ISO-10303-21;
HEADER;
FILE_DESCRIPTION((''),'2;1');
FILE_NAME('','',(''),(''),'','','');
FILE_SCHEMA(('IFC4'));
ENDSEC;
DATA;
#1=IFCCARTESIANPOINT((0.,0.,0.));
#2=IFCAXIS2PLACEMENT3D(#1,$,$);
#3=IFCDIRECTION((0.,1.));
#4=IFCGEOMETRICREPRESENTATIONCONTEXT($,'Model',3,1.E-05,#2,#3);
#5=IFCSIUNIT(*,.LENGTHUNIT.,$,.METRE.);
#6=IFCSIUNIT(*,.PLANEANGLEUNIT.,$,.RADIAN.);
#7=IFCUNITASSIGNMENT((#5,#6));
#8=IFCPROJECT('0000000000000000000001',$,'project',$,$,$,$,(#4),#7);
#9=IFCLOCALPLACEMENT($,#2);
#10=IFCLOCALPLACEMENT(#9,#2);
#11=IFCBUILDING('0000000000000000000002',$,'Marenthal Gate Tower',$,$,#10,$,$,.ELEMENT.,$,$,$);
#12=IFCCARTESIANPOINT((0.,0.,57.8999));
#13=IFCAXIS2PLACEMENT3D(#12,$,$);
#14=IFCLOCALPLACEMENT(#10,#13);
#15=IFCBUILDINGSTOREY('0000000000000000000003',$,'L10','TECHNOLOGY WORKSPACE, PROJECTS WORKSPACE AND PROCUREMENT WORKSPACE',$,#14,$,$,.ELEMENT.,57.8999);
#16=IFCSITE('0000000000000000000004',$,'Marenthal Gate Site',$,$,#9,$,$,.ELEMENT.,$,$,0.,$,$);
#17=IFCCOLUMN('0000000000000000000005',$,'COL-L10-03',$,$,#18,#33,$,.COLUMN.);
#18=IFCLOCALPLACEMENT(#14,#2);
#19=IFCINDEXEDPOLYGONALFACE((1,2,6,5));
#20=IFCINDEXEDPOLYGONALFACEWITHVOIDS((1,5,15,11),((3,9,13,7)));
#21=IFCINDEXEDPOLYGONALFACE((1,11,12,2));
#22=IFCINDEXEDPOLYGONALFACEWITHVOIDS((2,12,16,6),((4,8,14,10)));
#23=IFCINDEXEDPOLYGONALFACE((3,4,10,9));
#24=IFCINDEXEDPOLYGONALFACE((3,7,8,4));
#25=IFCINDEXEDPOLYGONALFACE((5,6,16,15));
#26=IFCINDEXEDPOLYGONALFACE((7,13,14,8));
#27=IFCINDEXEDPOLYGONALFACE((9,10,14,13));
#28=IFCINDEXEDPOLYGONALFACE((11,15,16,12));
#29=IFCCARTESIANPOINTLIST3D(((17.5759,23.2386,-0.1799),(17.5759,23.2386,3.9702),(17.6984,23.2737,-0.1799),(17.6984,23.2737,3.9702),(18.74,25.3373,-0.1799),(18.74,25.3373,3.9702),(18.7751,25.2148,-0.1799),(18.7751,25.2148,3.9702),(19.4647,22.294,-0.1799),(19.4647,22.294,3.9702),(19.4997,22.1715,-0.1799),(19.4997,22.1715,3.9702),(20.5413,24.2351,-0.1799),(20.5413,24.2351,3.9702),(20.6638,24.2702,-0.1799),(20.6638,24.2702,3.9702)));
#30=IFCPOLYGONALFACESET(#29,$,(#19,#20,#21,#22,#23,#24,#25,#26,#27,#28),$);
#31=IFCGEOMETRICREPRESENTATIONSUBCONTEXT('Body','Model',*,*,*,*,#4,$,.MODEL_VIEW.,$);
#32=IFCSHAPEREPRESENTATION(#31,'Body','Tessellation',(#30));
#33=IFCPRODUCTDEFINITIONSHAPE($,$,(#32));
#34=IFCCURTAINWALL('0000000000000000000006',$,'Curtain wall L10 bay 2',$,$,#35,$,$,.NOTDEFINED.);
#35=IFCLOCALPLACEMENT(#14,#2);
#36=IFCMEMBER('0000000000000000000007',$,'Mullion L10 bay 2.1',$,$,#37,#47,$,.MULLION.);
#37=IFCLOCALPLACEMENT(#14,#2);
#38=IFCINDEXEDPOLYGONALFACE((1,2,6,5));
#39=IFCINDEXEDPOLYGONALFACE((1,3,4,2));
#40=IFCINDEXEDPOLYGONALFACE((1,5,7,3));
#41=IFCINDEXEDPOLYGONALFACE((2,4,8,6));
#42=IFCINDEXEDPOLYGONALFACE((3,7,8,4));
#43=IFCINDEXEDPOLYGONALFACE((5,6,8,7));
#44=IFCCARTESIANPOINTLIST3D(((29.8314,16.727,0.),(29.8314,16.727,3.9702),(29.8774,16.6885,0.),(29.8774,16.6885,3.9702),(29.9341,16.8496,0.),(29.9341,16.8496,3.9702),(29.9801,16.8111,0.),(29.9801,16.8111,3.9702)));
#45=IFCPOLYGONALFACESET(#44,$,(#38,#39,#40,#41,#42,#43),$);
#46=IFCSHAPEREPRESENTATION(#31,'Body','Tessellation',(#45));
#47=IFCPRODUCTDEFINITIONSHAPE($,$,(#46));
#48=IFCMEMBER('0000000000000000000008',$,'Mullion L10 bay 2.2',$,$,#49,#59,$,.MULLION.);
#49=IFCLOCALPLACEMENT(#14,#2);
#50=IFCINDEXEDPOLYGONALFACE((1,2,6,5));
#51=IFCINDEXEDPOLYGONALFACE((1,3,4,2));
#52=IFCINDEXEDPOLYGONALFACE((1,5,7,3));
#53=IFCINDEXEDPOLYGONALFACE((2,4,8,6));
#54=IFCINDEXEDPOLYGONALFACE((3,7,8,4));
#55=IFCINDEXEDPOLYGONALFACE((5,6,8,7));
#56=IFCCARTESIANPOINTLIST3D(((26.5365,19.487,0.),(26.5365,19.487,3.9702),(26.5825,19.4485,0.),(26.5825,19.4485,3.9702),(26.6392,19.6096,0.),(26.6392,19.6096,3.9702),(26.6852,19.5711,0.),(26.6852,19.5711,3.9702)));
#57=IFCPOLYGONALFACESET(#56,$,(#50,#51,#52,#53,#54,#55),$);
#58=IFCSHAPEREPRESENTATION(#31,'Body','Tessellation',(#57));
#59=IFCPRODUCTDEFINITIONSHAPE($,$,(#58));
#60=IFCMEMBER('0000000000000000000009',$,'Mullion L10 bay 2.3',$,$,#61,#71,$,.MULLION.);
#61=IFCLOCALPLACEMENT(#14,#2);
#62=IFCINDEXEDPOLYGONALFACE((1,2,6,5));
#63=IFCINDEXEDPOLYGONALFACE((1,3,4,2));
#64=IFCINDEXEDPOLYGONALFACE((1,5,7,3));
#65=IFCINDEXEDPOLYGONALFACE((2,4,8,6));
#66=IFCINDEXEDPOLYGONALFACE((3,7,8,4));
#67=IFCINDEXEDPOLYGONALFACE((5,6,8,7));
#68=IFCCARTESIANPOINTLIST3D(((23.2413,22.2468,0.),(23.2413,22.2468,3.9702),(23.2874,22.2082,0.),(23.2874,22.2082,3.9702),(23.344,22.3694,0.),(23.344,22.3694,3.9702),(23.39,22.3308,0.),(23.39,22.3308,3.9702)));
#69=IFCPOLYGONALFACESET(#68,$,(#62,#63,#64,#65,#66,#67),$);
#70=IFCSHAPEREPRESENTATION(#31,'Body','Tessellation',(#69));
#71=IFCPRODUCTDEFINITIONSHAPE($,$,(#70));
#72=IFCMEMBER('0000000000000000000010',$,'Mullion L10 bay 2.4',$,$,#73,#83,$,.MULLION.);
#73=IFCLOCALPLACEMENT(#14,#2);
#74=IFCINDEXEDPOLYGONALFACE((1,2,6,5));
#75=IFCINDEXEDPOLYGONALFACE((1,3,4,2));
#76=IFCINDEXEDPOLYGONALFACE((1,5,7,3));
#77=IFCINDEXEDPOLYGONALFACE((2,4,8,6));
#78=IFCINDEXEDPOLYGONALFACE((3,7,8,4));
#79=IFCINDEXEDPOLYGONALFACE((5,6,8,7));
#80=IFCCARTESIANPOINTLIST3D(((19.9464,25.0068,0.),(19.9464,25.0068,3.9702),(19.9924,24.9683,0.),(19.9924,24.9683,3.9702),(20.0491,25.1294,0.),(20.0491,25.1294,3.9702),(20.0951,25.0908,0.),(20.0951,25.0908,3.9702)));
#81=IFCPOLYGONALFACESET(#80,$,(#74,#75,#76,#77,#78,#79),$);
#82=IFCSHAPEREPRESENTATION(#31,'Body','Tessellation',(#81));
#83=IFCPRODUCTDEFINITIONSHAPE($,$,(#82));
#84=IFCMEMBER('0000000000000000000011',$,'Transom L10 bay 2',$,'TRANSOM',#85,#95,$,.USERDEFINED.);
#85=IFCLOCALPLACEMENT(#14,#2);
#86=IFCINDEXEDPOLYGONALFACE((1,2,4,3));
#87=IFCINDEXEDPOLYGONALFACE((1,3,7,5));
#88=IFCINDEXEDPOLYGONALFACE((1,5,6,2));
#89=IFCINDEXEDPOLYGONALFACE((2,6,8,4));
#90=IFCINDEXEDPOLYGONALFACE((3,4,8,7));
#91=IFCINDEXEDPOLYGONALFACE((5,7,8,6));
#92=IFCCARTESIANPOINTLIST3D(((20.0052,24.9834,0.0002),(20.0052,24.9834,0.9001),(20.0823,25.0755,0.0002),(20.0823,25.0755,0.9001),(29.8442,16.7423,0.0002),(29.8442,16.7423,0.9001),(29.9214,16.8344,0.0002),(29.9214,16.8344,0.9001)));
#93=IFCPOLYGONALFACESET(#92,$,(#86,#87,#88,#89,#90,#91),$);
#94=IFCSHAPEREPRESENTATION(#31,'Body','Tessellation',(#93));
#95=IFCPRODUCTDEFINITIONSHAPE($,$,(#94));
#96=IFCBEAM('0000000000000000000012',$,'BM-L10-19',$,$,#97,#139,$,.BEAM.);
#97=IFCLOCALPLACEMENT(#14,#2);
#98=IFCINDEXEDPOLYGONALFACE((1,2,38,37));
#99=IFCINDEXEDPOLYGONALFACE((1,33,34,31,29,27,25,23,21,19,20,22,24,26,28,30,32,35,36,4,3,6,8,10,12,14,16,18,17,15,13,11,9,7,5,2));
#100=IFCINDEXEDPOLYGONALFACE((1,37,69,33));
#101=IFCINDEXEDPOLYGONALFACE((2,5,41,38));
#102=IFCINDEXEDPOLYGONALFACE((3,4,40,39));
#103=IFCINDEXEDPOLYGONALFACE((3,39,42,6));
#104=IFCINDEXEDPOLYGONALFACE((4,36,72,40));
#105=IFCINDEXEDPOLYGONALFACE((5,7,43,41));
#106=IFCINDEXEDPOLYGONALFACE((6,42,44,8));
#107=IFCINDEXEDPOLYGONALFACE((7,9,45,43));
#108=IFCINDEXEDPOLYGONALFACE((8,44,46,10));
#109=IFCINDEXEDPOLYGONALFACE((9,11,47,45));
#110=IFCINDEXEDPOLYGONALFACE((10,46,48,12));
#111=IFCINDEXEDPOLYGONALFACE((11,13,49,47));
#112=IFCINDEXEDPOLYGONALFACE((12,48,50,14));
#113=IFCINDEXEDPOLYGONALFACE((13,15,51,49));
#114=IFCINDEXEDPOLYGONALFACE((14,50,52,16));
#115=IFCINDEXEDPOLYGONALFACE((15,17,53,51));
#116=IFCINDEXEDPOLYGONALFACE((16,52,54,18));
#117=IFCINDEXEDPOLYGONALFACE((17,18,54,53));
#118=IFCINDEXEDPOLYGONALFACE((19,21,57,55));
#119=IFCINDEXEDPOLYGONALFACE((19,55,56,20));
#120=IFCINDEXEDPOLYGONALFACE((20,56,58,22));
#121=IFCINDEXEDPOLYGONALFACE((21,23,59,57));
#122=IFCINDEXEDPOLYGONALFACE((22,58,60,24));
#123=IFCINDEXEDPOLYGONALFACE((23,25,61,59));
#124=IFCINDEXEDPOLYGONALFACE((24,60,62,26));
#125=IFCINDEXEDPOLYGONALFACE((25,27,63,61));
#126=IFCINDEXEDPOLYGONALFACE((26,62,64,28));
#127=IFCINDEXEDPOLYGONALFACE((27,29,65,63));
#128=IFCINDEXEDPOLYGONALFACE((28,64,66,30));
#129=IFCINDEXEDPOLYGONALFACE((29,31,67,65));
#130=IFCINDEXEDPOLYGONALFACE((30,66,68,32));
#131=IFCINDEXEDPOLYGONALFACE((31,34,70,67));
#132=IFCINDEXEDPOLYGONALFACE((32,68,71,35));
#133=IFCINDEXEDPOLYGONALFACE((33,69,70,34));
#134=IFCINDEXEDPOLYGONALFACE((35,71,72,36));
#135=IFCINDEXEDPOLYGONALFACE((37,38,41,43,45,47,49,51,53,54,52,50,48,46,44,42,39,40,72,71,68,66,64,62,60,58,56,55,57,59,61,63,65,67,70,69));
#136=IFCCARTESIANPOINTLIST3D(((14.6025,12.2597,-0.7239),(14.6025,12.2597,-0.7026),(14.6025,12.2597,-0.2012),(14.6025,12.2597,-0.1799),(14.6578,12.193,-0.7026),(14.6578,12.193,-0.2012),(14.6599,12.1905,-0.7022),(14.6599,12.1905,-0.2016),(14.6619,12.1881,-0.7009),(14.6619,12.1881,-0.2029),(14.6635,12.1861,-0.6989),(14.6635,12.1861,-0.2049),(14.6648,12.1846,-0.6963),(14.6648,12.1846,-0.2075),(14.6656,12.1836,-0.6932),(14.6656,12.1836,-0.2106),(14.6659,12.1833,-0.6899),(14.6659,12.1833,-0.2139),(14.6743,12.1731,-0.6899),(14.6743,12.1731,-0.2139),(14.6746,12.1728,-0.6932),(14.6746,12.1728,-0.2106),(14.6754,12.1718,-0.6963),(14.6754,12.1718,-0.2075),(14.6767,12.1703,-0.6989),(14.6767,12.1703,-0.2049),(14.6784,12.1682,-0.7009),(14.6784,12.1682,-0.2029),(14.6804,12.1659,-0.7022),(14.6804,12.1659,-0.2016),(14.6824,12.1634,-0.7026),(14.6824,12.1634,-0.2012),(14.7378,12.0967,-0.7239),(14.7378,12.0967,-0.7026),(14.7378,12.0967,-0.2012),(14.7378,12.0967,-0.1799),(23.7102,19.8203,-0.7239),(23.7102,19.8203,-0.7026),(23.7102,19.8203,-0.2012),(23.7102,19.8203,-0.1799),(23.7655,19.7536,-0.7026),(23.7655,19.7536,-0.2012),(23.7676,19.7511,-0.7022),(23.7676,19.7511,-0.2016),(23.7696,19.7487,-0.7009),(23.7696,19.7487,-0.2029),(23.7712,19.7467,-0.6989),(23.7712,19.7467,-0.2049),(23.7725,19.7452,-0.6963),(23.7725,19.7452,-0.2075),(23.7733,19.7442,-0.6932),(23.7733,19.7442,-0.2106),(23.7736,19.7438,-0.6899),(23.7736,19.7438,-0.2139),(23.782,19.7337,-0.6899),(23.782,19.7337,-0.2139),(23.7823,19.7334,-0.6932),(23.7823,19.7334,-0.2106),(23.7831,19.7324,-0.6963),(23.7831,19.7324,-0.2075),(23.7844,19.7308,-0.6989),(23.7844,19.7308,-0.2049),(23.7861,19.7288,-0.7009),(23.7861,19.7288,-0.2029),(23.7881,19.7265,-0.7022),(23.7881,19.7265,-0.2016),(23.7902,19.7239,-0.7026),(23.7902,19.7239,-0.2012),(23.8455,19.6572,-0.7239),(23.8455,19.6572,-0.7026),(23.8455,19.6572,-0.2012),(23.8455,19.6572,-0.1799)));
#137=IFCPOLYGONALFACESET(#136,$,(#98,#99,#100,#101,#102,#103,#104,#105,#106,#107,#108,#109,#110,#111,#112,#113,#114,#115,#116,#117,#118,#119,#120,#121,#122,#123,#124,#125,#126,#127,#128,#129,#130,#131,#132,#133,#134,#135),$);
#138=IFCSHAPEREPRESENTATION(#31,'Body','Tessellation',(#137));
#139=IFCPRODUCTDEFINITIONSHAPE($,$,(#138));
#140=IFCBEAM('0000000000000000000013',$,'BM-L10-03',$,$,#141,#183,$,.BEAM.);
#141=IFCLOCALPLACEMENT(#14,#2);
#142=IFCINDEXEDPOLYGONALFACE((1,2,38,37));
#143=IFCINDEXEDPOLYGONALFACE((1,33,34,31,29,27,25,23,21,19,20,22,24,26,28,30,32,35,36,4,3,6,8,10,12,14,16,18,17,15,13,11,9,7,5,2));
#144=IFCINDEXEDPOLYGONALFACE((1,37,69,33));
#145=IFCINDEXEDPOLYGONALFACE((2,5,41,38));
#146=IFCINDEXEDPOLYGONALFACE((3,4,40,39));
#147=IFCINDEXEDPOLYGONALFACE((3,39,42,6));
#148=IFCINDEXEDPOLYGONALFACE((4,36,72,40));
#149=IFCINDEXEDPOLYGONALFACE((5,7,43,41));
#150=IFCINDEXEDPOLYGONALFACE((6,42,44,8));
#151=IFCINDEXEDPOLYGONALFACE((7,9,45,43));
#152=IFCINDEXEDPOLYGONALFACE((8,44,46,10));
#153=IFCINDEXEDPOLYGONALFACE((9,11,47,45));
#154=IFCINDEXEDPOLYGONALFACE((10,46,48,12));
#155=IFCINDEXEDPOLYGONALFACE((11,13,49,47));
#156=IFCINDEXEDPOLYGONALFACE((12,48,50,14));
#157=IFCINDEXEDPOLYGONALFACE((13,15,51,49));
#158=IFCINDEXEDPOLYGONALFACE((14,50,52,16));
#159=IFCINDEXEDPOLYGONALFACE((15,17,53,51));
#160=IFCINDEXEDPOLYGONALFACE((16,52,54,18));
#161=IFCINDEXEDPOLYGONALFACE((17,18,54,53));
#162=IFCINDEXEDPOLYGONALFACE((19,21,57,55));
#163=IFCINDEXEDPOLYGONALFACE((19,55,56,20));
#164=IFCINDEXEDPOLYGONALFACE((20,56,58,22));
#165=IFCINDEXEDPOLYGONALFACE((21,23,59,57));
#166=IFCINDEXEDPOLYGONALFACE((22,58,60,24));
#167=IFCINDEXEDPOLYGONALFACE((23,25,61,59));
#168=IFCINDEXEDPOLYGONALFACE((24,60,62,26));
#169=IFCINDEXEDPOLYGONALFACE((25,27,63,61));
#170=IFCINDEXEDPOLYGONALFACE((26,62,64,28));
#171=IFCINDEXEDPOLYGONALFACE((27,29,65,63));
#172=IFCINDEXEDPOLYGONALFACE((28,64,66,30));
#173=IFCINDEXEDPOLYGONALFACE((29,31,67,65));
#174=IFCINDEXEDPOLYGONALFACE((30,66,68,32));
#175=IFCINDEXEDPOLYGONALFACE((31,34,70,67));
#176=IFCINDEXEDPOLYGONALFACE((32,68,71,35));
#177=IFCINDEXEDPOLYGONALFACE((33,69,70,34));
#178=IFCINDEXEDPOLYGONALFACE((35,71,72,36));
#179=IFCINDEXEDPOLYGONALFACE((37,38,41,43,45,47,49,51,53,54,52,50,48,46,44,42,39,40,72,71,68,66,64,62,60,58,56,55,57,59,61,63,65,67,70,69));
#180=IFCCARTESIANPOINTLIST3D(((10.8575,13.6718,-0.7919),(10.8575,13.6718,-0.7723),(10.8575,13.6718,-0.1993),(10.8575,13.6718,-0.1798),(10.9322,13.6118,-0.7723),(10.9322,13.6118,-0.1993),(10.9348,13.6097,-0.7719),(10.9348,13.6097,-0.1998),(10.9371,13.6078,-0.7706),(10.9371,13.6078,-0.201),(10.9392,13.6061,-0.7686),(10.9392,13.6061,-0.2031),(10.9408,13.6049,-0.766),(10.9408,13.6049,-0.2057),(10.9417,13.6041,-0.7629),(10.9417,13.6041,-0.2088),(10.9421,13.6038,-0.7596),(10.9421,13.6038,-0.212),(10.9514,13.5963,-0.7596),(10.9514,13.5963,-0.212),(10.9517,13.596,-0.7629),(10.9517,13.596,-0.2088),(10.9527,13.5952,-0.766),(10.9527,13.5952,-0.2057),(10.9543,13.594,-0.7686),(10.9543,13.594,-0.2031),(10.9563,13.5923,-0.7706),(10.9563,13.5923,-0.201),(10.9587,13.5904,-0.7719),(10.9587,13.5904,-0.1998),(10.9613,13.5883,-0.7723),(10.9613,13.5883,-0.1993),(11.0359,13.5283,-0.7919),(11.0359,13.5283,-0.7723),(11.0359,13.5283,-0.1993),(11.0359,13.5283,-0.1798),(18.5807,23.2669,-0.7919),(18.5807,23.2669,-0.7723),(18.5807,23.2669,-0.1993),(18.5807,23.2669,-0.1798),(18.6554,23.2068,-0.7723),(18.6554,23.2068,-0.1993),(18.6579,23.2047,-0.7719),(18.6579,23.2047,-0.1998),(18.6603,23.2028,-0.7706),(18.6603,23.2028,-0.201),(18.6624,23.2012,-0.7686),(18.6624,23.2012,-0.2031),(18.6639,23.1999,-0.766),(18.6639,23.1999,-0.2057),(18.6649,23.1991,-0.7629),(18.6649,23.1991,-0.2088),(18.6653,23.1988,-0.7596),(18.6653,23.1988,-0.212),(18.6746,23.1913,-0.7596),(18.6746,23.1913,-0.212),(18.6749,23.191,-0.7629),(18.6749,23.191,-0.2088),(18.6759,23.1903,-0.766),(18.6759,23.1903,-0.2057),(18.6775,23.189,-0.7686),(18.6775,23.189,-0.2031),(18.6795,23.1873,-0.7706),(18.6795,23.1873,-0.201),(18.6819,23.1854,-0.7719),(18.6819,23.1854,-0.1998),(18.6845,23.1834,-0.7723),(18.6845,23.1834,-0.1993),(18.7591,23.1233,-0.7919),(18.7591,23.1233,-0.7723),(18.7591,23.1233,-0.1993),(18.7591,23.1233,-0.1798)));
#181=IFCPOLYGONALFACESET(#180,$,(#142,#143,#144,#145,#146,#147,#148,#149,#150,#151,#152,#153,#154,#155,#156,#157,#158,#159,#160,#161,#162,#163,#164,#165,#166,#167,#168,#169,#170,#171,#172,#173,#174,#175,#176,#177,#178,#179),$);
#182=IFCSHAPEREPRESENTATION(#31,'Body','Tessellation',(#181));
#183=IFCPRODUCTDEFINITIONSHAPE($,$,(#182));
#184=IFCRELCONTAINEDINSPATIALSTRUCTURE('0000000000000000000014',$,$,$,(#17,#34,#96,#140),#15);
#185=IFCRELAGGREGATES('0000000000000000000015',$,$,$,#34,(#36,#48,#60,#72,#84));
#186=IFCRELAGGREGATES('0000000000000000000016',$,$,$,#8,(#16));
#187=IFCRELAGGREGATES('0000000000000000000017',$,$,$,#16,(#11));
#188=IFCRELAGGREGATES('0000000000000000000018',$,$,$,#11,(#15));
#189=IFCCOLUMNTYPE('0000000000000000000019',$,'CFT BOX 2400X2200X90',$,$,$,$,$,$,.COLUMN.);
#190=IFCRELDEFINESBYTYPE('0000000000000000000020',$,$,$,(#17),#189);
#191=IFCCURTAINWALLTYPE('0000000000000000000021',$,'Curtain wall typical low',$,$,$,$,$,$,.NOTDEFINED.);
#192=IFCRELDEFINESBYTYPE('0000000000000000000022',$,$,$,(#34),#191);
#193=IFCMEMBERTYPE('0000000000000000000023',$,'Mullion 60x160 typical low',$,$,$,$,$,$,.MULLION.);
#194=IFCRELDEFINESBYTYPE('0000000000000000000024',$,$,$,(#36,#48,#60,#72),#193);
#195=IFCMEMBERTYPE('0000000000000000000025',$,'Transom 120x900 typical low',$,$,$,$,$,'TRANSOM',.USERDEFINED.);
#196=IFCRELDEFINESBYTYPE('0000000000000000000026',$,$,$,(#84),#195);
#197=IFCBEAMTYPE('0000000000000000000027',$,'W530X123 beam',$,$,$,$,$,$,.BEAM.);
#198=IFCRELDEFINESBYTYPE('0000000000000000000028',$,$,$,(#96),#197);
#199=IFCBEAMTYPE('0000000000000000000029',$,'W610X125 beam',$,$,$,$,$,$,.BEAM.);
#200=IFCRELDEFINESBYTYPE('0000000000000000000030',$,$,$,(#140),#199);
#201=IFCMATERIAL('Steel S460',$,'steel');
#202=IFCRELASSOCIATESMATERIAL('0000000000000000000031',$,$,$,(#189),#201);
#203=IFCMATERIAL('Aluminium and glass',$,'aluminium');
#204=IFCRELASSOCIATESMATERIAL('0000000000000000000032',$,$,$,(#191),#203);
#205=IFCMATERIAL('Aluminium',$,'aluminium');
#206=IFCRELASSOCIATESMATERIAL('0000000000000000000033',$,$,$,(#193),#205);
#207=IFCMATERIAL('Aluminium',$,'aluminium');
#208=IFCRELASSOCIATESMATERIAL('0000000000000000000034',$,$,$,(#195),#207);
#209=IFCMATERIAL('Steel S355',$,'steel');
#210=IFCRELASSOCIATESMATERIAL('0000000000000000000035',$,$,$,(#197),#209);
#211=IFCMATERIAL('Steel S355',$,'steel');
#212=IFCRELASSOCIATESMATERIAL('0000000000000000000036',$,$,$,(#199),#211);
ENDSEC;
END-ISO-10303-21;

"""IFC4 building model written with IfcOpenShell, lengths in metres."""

from ifc_helpers import new_model, si_unit, direction, frame, origin, origin_2d, place, context, subcontext, project, spatial, rectangle, hollow_rectangle, i_section, extrude, material, material_profile, profile_set, type_object, element, aggregate, save


model = new_model("IFC4")

# Units and contexts
model_context = context("Model", 3, precision=1e-05, world=origin(), true_north=direction((0.0, 1.0)))
body_context = subcontext(model_context, "Body", "Model", "MODEL_VIEW")
ifc_project = project(units=[si_unit("LENGTHUNIT", "METRE"), si_unit("PLANEANGLEUNIT", "RADIAN")], contexts=[model_context])

# Site, building, storey
site_placement = place(None, origin())
site = spatial("IfcSite", under=ifc_project, at=site_placement, Name="Marenthal Gate Site", CompositionType="ELEMENT", RefElevation=0.0)
building_placement = place(site_placement, origin())
building = spatial("IfcBuilding", under=site, at=building_placement, Name="Marenthal Gate Tower", CompositionType="ELEMENT")
storey_placement = place(building_placement, frame((0.0, 0.0, 57.8999)))
storey = spatial("IfcBuildingStorey", under=building, at=storey_placement, Name="L10", Description="TECHNOLOGY WORKSPACE, PROJECTS WORKSPACE AND PROCUREMENT WORKSPACE", CompositionType="ELEMENT", Elevation=57.8999)

# Column
ifc_material_1 = material(Name="Steel S460", Category="steel")
ifc_material_profile_1 = material_profile(ifc_material_1, hollow_rectangle(XDim=2.2, YDim=2.3999, WallThickness=0.0901, at=origin_2d()), Name="CFT BOX 2400X2200X90")
ifc_material_2 = material(Name="Concrete 70 MPa", Category="concrete")
ifc_material_profile_2 = material_profile(ifc_material_2, rectangle(XDim=2.02, YDim=2.22, at=origin_2d()), Name="CFT BOX 2400X2200X90 INFILL")
ifc_profile_set_1 = profile_set([ifc_material_profile_1, ifc_material_profile_2], Name="Steel S460 shell, Concrete 70 MPa infill")
column_type = type_object("IfcColumnType", Name="CFT BOX 2400X2200X90", PredefinedType="COLUMN", material=ifc_profile_set_1)
column_placement = place(storey_placement, frame((19.1199, 23.7544, -0.1799), z_axis=(0.0, 0.0, 1.0), x_axis=(0.874483, -0.485055, 0.0)))
element("IfcColumn", 1, at=column_placement, inside=storey, type_object=column_type, Name="COL-L10-03", PredefinedType="COLUMN", context=body_context, shape_type="SweptSolid", body=[
    extrude(hollow_rectangle(XDim=2.2, YDim=2.3999, WallThickness=0.0901, at=origin_2d()), origin(), (0.0, 0.0, 1.0), 4.1501),
])

# Curtain wall, members
ifc_material_3 = material(Name="Aluminium and glass", Category="aluminium")
curtain_wall_type = type_object("IfcCurtainWallType", Name="Curtain wall typical low", PredefinedType="NOTDEFINED", material=ifc_material_3)
curtain_wall_placement = place(storey_placement, origin())
curtain_wall = element("IfcCurtainWall", 2, at=curtain_wall_placement, inside=storey, type_object=curtain_wall_type, Name="Curtain wall L10 bay 2", PredefinedType="NOTDEFINED")
ifc_material_4 = material(Name="Aluminium", Category="aluminium")
ifc_material_profile_3 = material_profile(ifc_material_4, rectangle(XDim=0.1599, YDim=0.0601, at=origin_2d()), Name="60x160 aluminium mullion")
ifc_profile_set_2 = profile_set([ifc_material_profile_3], Name="Aluminium")
member_type_1 = type_object("IfcMemberType", Name="Mullion 60x160 typical low", PredefinedType="MULLION", material=ifc_profile_set_2)
member_1_placement = place(storey_placement, frame((29.9058, 16.769, 0.0), z_axis=(0.0, 0.0, 1.0), x_axis=(-0.642112, -0.766611, 0.0)))
member_1 = element("IfcMember", 3, at=member_1_placement, type_object=member_type_1, Name="Mullion L10 bay 2.1", PredefinedType="MULLION", context=body_context, shape_type="SweptSolid", body=[
    extrude(rectangle(XDim=0.1599, YDim=0.0601, at=origin_2d()), origin(), (0.0, 0.0, 1.0), 3.9702),
])
member_2_placement = place(storey_placement, frame((26.6108, 19.5291, 0.0), z_axis=(0.0, 0.0, 1.0), x_axis=(-0.642112, -0.766611, 0.0)))
member_2 = element("IfcMember", 4, at=member_2_placement, type_object=member_type_1, Name="Mullion L10 bay 2.2", PredefinedType="MULLION", context=body_context, shape_type="SweptSolid", body=[
    extrude(rectangle(XDim=0.1599, YDim=0.0601, at=origin_2d()), origin(), (0.0, 0.0, 1.0), 3.9702),
])
member_3_placement = place(storey_placement, frame((23.3157, 22.2888, 0.0), z_axis=(0.0, 0.0, 1.0), x_axis=(-0.642112, -0.766611, 0.0)))
member_3 = element("IfcMember", 5, at=member_3_placement, type_object=member_type_1, Name="Mullion L10 bay 2.3", PredefinedType="MULLION", context=body_context, shape_type="SweptSolid", body=[
    extrude(rectangle(XDim=0.1599, YDim=0.0601, at=origin_2d()), origin(), (0.0, 0.0, 1.0), 3.9702),
])
member_4_placement = place(storey_placement, frame((20.0208, 25.0488, 0.0), z_axis=(0.0, 0.0, 1.0), x_axis=(-0.642112, -0.766611, 0.0)))
member_4 = element("IfcMember", 6, at=member_4_placement, type_object=member_type_1, Name="Mullion L10 bay 2.4", PredefinedType="MULLION", context=body_context, shape_type="SweptSolid", body=[
    extrude(rectangle(XDim=0.1599, YDim=0.0601, at=origin_2d()), origin(), (0.0, 0.0, 1.0), 3.9702),
])
ifc_material_5 = material(Name="Aluminium", Category="aluminium")
ifc_material_profile_4 = material_profile(ifc_material_5, rectangle(XDim=0.1201, YDim=0.8999, at=origin_2d()), Name="120x900 aluminium transom")
ifc_profile_set_3 = profile_set([ifc_material_profile_4], Name="Aluminium")
member_type_2 = type_object("IfcMemberType", Name="Transom 120x900 typical low", ElementType="TRANSOM", PredefinedType="USERDEFINED", material=ifc_profile_set_3)
member_5_placement = place(storey_placement, frame((29.8828, 16.7883, 0.4502), z_axis=(-0.766611, 0.642111, 0.0), x_axis=(-0.642111, -0.766611, 0.0)))
member_5 = element("IfcMember", 7, at=member_5_placement, type_object=member_type_2, Name="Transom L10 bay 2", ObjectType="TRANSOM", PredefinedType="USERDEFINED", context=body_context, shape_type="SweptSolid", body=[
    extrude(rectangle(XDim=0.1201, YDim=0.8999, at=origin_2d()), origin(), (0.0, 0.0, 1.0), 12.8345),
])

# Beams
ifc_material_6 = material(Name="Steel S355", Category="steel")
ifc_material_profile_5 = material_profile(ifc_material_6, i_section(OverallWidth=0.2119, OverallDepth=0.5439, WebThickness=0.0132, FlangeThickness=0.0212, FilletRadius=0.0127, at=origin_2d()), Name="W530X123")
ifc_profile_set_4 = profile_set([ifc_material_profile_5], Name="Steel S355")
beam_type_1 = type_object("IfcBeamType", Name="W530X123 beam", PredefinedType="BEAM", material=ifc_profile_set_4)
beam_1_placement = place(storey_placement, frame((23.7778, 19.7388, -0.4519), z_axis=(-0.769432, -0.638729, 0.0), x_axis=(0.638729, -0.769432, 0.0)))
element("IfcBeam", 8, at=beam_1_placement, inside=storey, type_object=beam_type_1, Name="BM-L10-19", PredefinedType="BEAM", context=body_context, shape_type="SweptSolid", body=[
    extrude(i_section(OverallWidth=0.2119, OverallDepth=0.5439, WebThickness=0.0132, FlangeThickness=0.0212, FilletRadius=0.0127, at=origin_2d()), origin(), (0.0, 0.0, 1.0), 11.8369),
])
ifc_material_7 = material(Name="Steel S355", Category="steel")
ifc_material_profile_6 = material_profile(ifc_material_7, i_section(OverallWidth=0.229, OverallDepth=0.6121, WebThickness=0.012, FlangeThickness=0.0195, FilletRadius=0.0127, at=origin_2d()), Name="W610X125")
ifc_profile_set_5 = profile_set([ifc_material_profile_6], Name="Steel S355")
beam_type_2 = type_object("IfcBeamType", Name="W610X125 beam", PredefinedType="BEAM", material=ifc_profile_set_5)
beam_2_placement = place(storey_placement, frame((18.6699, 23.1951, -0.4858), z_axis=(-0.627027, -0.778997, 0.0), x_axis=(0.778997, -0.627027, 0.0)))
element("IfcBeam", 9, at=beam_2_placement, inside=storey, type_object=beam_type_2, Name="BM-L10-03", PredefinedType="BEAM", context=body_context, shape_type="SweptSolid", body=[
    extrude(i_section(OverallWidth=0.229, OverallDepth=0.6121, WebThickness=0.012, FlangeThickness=0.0195, FilletRadius=0.0127, at=origin_2d()), origin(), (0.0, 0.0, 1.0), 12.3171),
])

aggregate(curtain_wall, [member_1, member_2, member_3, member_4, member_5])

save(model, "model.ifc")
